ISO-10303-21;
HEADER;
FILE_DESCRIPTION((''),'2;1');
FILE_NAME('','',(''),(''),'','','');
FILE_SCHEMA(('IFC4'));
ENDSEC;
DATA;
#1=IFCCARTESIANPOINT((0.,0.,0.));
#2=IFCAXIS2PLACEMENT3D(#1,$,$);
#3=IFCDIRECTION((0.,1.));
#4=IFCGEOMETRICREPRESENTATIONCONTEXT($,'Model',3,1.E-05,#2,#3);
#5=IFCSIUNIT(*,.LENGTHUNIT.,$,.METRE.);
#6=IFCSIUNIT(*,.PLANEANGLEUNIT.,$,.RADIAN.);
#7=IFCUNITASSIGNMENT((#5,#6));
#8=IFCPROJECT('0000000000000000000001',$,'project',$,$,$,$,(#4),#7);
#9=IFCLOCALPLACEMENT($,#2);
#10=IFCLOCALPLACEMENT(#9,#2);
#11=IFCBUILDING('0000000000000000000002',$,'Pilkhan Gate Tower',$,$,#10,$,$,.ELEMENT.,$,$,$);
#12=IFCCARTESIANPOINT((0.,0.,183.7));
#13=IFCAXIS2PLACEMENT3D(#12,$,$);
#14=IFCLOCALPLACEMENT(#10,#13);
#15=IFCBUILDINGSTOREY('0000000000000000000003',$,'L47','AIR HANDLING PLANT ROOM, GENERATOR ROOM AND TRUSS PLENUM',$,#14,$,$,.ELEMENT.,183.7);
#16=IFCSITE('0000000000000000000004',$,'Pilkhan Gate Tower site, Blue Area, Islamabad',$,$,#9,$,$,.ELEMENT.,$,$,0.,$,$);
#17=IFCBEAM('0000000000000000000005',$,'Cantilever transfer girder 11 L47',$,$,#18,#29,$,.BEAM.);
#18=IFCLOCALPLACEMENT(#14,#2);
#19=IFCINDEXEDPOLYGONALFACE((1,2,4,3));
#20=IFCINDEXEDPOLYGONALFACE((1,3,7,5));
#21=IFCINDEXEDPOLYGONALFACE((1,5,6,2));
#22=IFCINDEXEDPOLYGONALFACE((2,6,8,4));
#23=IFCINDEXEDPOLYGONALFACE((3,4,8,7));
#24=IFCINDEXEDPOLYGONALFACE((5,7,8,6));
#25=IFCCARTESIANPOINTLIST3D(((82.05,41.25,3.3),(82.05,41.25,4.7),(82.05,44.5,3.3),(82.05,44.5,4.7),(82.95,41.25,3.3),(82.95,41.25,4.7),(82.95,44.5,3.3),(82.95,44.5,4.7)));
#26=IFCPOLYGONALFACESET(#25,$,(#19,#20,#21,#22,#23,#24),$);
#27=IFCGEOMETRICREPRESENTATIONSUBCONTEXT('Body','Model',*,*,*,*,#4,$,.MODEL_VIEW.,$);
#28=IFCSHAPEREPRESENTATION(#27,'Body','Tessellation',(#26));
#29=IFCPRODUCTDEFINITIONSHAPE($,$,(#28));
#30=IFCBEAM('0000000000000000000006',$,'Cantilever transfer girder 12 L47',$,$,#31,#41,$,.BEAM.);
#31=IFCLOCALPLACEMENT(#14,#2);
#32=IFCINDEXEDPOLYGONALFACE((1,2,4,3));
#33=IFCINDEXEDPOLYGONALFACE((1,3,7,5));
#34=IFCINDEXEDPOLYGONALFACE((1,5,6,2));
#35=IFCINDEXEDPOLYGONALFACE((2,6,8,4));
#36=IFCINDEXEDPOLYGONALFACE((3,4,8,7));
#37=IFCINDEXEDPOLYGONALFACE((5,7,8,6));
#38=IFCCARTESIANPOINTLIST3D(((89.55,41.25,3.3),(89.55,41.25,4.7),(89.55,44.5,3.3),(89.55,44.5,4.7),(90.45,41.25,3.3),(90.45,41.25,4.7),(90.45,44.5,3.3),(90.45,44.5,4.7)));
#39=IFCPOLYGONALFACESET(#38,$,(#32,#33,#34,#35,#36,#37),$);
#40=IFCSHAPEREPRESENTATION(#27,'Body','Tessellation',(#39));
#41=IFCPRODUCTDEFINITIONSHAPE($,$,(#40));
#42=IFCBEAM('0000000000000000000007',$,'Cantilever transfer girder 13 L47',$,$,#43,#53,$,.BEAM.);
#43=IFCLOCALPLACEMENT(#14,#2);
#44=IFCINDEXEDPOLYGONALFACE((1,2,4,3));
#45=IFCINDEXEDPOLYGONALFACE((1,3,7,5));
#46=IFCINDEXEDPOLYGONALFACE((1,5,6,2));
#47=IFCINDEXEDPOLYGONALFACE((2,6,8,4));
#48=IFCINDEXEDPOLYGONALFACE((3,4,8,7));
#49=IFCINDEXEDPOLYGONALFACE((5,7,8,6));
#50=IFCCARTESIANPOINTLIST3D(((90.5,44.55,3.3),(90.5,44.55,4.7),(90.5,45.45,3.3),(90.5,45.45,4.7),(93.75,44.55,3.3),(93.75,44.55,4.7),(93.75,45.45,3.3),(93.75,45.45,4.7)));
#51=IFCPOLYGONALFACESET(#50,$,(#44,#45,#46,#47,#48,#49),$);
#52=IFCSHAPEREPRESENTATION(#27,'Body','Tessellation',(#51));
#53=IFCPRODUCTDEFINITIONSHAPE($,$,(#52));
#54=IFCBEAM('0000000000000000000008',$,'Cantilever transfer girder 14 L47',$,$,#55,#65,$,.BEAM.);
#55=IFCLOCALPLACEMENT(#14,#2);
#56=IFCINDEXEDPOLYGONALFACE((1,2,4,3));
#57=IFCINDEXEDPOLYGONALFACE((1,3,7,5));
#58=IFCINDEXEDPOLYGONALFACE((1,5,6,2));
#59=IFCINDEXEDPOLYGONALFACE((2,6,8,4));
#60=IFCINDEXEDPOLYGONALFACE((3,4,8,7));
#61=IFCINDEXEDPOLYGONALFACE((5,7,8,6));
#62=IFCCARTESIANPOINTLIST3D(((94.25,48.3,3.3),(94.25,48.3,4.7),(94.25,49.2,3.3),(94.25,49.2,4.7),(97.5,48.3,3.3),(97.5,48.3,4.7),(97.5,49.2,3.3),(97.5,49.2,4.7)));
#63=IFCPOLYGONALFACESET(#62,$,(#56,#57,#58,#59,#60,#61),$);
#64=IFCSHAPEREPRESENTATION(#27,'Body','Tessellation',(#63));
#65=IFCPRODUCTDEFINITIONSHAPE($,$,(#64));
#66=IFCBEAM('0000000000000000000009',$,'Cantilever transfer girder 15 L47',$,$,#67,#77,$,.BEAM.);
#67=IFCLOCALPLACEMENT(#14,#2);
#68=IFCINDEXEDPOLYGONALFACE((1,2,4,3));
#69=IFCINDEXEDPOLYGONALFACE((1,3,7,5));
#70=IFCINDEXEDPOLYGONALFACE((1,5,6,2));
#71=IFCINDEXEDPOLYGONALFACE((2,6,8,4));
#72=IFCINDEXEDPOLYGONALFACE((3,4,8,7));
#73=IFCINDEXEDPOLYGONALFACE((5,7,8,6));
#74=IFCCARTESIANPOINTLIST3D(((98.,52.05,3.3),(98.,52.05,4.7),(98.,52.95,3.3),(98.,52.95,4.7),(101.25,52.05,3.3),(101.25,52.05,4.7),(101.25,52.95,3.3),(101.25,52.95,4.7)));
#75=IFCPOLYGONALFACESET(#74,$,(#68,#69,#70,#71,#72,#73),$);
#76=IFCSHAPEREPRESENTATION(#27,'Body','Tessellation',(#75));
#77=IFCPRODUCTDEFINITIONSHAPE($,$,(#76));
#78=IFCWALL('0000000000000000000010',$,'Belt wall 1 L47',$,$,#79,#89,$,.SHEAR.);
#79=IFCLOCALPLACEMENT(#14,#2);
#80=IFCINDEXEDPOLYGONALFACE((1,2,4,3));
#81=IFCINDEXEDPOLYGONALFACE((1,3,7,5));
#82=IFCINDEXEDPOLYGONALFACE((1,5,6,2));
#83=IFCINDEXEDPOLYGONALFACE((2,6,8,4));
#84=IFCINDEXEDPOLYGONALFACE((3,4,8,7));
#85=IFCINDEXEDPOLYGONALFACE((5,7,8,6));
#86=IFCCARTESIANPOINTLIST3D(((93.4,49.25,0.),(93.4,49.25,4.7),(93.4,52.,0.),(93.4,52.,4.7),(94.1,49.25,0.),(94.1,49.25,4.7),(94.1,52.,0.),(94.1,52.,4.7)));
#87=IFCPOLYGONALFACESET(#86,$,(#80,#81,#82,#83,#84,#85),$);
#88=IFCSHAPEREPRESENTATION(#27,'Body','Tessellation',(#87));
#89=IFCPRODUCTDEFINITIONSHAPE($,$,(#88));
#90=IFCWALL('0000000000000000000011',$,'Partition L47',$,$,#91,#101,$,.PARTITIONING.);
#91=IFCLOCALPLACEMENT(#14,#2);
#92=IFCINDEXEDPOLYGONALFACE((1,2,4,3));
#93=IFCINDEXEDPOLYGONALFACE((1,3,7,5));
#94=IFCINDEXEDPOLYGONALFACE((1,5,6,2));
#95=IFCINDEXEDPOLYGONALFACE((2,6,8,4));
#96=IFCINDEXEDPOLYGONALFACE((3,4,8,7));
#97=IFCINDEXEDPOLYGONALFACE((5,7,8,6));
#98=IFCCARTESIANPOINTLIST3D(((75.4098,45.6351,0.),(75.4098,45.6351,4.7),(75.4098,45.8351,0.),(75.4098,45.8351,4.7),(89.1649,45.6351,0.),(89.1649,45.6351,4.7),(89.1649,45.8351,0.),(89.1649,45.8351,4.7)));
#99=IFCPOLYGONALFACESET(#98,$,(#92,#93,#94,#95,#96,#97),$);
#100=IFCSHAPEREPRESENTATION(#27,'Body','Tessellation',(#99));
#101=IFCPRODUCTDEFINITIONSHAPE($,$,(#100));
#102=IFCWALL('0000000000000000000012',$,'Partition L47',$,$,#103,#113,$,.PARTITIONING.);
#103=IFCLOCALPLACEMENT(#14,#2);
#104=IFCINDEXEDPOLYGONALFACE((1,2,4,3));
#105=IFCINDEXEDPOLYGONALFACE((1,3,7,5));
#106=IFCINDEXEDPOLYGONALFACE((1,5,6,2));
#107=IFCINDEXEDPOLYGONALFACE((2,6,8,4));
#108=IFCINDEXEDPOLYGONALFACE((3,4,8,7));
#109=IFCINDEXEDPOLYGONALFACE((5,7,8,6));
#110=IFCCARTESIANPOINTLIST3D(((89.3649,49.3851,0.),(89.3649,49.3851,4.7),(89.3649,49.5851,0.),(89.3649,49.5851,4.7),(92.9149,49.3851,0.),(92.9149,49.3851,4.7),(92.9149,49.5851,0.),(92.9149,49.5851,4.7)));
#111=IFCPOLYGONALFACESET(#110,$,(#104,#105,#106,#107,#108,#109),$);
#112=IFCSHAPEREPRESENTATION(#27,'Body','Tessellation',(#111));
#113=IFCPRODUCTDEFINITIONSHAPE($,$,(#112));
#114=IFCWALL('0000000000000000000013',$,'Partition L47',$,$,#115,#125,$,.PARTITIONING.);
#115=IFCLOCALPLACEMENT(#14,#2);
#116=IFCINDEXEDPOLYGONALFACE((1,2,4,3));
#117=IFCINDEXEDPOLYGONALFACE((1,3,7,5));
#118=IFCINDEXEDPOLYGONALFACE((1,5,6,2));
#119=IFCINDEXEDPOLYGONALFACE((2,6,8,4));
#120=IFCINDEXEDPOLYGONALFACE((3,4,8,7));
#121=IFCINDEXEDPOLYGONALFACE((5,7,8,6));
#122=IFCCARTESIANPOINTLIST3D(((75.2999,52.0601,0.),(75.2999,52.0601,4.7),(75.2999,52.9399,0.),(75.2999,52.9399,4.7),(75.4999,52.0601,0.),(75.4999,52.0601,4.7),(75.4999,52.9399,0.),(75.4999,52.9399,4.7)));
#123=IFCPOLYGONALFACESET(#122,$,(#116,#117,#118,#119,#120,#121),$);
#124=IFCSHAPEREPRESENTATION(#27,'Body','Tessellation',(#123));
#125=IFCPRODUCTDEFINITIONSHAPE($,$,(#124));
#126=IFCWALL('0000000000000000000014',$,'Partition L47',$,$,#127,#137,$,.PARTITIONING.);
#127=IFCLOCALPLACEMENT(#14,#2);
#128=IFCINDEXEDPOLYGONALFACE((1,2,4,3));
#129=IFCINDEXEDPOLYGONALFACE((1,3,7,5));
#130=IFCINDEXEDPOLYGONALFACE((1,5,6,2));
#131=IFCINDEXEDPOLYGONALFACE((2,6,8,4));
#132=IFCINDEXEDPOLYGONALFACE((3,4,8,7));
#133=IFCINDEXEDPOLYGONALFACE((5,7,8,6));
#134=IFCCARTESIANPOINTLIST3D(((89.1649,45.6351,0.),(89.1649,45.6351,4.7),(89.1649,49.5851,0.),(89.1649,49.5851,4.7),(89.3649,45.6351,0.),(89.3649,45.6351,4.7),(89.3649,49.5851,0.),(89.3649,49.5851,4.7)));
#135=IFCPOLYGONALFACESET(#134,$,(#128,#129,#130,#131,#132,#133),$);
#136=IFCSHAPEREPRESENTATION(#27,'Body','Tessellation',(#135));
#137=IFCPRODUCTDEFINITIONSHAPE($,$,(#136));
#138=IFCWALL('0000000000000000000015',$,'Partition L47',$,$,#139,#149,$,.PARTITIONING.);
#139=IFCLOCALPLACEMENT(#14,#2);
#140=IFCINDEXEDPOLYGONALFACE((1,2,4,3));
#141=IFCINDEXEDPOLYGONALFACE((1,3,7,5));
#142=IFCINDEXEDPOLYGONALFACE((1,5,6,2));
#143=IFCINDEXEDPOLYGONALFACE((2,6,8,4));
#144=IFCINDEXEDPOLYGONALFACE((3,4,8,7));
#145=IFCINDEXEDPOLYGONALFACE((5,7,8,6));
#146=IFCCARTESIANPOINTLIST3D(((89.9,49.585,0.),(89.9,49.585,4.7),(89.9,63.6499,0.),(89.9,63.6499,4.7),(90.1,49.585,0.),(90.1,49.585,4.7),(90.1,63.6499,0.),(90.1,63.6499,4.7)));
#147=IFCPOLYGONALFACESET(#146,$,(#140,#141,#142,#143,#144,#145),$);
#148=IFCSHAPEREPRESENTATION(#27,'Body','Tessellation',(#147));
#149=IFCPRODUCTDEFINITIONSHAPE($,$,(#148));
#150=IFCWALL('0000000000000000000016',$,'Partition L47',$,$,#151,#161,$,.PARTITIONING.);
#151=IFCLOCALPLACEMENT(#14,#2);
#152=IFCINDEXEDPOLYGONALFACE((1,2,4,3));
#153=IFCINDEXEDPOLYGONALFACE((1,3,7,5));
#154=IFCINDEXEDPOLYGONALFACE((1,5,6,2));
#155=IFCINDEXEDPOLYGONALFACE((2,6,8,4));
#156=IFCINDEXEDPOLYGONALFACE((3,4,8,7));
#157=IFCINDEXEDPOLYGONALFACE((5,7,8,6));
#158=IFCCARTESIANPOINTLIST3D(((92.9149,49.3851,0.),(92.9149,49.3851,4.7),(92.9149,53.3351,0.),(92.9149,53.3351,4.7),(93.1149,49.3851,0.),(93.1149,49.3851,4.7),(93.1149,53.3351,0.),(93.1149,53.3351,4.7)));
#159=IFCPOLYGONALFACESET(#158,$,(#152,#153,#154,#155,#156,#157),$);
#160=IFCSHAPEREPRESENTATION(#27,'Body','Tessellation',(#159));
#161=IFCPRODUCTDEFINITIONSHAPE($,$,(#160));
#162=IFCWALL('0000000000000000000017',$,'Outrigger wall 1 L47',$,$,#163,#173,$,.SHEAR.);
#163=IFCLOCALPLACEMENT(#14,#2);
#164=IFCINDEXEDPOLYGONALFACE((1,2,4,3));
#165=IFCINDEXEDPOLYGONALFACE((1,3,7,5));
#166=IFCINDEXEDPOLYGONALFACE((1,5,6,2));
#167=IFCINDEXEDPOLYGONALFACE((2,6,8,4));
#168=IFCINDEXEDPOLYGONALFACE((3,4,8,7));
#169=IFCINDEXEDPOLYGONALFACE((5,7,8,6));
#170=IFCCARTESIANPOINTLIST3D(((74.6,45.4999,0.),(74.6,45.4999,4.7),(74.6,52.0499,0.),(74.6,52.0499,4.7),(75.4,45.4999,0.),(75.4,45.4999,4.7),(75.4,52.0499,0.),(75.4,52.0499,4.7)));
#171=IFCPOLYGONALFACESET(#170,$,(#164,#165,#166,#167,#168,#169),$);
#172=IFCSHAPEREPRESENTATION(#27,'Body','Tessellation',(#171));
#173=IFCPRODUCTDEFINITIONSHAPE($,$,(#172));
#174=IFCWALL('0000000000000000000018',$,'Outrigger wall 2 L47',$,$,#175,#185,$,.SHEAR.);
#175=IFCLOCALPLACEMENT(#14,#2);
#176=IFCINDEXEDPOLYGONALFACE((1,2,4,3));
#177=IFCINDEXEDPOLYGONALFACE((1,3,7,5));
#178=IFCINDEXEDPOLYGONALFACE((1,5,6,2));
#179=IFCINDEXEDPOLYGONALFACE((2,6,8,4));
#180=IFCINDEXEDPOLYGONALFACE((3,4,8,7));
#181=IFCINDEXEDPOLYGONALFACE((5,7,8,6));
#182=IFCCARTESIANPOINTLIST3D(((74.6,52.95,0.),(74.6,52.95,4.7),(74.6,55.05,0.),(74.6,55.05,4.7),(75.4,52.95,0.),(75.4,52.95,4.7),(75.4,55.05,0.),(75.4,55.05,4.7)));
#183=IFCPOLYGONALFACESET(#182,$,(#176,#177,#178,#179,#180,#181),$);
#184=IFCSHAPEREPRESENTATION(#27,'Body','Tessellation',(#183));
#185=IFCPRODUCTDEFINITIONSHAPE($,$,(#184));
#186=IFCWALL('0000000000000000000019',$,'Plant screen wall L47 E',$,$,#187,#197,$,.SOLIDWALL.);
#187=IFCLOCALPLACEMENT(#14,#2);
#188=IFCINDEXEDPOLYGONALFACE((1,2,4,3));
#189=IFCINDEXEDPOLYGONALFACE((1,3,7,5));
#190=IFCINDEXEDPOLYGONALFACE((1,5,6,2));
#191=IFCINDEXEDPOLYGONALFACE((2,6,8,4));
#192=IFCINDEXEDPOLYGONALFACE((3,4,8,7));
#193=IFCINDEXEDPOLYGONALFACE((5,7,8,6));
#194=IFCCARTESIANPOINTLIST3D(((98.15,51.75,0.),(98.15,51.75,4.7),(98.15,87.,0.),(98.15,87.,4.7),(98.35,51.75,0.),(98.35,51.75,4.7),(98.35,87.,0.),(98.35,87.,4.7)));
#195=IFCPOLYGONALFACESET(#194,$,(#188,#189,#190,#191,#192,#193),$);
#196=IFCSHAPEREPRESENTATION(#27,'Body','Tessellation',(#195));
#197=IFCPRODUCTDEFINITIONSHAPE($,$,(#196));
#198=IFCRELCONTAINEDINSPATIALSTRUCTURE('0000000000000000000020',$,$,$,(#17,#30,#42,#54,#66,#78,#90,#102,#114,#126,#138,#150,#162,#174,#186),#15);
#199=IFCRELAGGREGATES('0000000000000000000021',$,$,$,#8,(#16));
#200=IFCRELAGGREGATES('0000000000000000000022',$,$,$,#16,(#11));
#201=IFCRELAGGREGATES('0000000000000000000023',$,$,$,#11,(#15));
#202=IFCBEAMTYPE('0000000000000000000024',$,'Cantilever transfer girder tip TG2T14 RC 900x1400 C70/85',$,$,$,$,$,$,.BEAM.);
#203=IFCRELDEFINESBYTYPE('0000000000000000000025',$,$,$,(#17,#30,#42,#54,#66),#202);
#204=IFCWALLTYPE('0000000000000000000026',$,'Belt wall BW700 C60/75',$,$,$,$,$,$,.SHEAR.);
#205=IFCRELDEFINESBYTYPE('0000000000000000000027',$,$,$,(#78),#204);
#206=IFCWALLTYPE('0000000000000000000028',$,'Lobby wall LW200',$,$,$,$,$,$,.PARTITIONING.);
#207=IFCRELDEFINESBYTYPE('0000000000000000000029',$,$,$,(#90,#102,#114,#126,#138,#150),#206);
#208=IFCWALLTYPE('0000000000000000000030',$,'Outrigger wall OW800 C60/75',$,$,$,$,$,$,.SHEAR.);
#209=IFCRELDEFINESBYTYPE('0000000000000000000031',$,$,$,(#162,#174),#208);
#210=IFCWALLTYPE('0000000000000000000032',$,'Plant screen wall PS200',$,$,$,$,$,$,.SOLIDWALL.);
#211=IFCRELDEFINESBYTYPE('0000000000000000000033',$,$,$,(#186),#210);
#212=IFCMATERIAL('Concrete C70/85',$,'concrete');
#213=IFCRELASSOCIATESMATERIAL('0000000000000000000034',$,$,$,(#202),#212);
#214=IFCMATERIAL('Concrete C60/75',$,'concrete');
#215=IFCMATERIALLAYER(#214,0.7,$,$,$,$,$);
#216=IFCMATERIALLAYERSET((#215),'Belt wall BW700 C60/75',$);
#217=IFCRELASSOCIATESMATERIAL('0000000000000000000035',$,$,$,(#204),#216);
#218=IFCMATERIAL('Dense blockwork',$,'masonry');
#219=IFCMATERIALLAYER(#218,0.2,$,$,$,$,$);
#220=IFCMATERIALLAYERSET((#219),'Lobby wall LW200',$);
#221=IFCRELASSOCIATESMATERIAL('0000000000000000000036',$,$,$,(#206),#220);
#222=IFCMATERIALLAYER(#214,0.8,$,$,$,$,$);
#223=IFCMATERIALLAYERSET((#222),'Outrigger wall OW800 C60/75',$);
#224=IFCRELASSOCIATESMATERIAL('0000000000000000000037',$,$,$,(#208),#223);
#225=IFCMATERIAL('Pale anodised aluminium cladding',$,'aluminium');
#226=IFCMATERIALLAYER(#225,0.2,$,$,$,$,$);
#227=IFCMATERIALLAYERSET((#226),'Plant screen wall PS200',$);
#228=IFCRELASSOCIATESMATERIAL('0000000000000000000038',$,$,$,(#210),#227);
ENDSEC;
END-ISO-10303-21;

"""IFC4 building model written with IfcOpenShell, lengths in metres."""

from ifc_helpers import new_model, si_unit, direction, frame, frame_2d, origin, origin_2d, place, context, subcontext, project, spatial, rectangle, extrude, material, layer, layer_set, material_profile, profile_set, type_object, element, save


model = new_model("IFC4")

# Units and contexts
model_context = context("Model", 3, precision=1e-05, world=origin(), true_north=direction((0.0, 1.0)))
body_context = subcontext(model_context, "Body", "Model", "MODEL_VIEW")
ifc_project = project(units=[si_unit("LENGTHUNIT", "METRE"), si_unit("PLANEANGLEUNIT", "RADIAN")], contexts=[model_context])

# Site, building, storey
site_placement = place(None, origin())
site = spatial("IfcSite", under=ifc_project, at=site_placement, Name="Pilkhan Gate Tower site, Blue Area, Islamabad", CompositionType="ELEMENT", RefElevation=0.0)
building_placement = place(site_placement, origin())
building = spatial("IfcBuilding", under=site, at=building_placement, Name="Pilkhan Gate Tower", CompositionType="ELEMENT")
storey_placement = place(building_placement, frame((0.0, 0.0, 183.7)))
storey = spatial("IfcBuildingStorey", under=building, at=storey_placement, Name="L47", Description="AIR HANDLING PLANT ROOM, GENERATOR ROOM AND TRUSS PLENUM", CompositionType="ELEMENT", Elevation=183.7)

# Shared definitions
ifc_material_1 = material(Name="Concrete C60/75", Category="concrete")

# Beams
ifc_material_2 = material(Name="Concrete C70/85", Category="concrete")
ifc_material_profile_1 = material_profile(ifc_material_2, rectangle(XDim=0.8999, YDim=1.3999, at=origin_2d()), Name="RC 900x1400")
ifc_profile_set_1 = profile_set([ifc_material_profile_1], Name="Concrete C70/85")
beam_type_1 = type_object("IfcBeamType", Name="Cantilever transfer girder tip TG2T14 RC 900x1400 C70/85", PredefinedType="BEAM", material=ifc_profile_set_1)
for number, where, z_axis, x_axis, name in (
    (1, (82.5, 41.25, 4.0), (0.0, 1.0, 0.0), (-1.0, 0.0, 0.0), "Cantilever transfer girder 11 L47"),
    (2, (90.0, 41.25, 4.0), (0.0, 1.0, 0.0), (-1.0, 0.0, 0.0), "Cantilever transfer girder 12 L47"),
    (3, (93.75, 45.0, 4.0), (-1.0, 0.0, 0.0), (0.0, -1.0, 0.0), "Cantilever transfer girder 13 L47"),
    (4, (97.5, 48.75, 4.0), (-1.0, 0.0, 0.0), (0.0, -1.0, 0.0), "Cantilever transfer girder 14 L47"),
    (5, (101.25, 52.5, 4.0), (-1.0, 0.0, 0.0), (0.0, -1.0, 0.0), "Cantilever transfer girder 15 L47"),
):
    element("IfcBeam", number, at=place(storey_placement, frame(where, z_axis=z_axis, x_axis=x_axis)), inside=storey, type_object=beam_type_1, Name=name, PredefinedType="BEAM", context=body_context, shape_type="SweptSolid", body=[
        extrude(rectangle(XDim=0.8999, YDim=1.3999, at=origin_2d()), origin(), (0.0, 0.0, 1.0), 3.25),
    ])

# Walls
ifc_layer_1 = layer(ifc_material_1, 0.7)
ifc_layer_set_1 = layer_set([ifc_layer_1], Name="Belt wall BW700 C60/75")
wall_type_1 = type_object("IfcWallType", Name="Belt wall BW700 C60/75", PredefinedType="SHEAR", material=ifc_layer_set_1)
wall_1_placement = place(storey_placement, frame((93.75, 52.0, 0.0), z_axis=(0.0, 0.0, 1.0), x_axis=(0.0, -1.0, 0.0)))
element("IfcWall", 6, at=wall_1_placement, inside=storey, type_object=wall_type_1, Name="Belt wall 1 L47", PredefinedType="SHEAR", context=body_context, shape_type="SweptSolid", body=[
    extrude(rectangle(XDim=2.75, YDim=0.7, at=frame_2d((1.375, 0.0))), origin(), (0.0, 0.0, 1.0), 4.7),
])
ifc_material_3 = material(Name="Dense blockwork", Category="masonry")
ifc_layer_2 = layer(ifc_material_3, 0.2)
ifc_layer_set_2 = layer_set([ifc_layer_2], Name="Lobby wall LW200")
wall_type_2 = type_object("IfcWallType", Name="Lobby wall LW200", PredefinedType="PARTITIONING", material=ifc_layer_set_2)
wall_2_placement = place(storey_placement, frame((75.4099, 45.7351, 0.0), z_axis=(0.0, 0.0, 1.0), x_axis=(1.0, 0.0, 0.0)))
element("IfcWall", 7, at=wall_2_placement, inside=storey, type_object=wall_type_2, Name="Partition L47", PredefinedType="PARTITIONING", context=body_context, shape_type="SweptSolid", body=[
    extrude(rectangle(XDim=13.7551, YDim=0.2, at=frame_2d((6.8774, 0.0))), origin(), (0.0, 0.0, 1.0), 4.7),
])
wall_3_placement = place(storey_placement, frame((89.365, 49.4851, 0.0), z_axis=(0.0, 0.0, 1.0), x_axis=(1.0, 0.0, 0.0)))
element("IfcWall", 8, at=wall_3_placement, inside=storey, type_object=wall_type_2, Name="Partition L47", PredefinedType="PARTITIONING", context=body_context, shape_type="SweptSolid", body=[
    extrude(rectangle(XDim=3.55, YDim=0.2, at=frame_2d((1.7749, 0.0))), origin(), (0.0, 0.0, 1.0), 4.7),
])
wall_4_placement = place(storey_placement, frame((75.3999, 52.0601, 0.0), z_axis=(0.0, 0.0, 1.0), x_axis=(0.0, 1.0, 0.0)))
element("IfcWall", 9, at=wall_4_placement, inside=storey, type_object=wall_type_2, Name="Partition L47", PredefinedType="PARTITIONING", context=body_context, shape_type="SweptSolid", body=[
    extrude(rectangle(XDim=0.8799, YDim=0.2, at=frame_2d((0.4399, 0.0))), origin(), (0.0, 0.0, 1.0), 4.7),
])
wall_5_placement = place(storey_placement, frame((89.2649, 45.635, 0.0), z_axis=(0.0, 0.0, 1.0), x_axis=(0.0, 1.0, 0.0)))
element("IfcWall", 10, at=wall_5_placement, inside=storey, type_object=wall_type_2, Name="Partition L47", PredefinedType="PARTITIONING", context=body_context, shape_type="SweptSolid", body=[
    extrude(rectangle(XDim=3.95, YDim=0.2, at=frame_2d((1.9751, 0.0))), origin(), (0.0, 0.0, 1.0), 4.7),
])
wall_6_placement = place(storey_placement, frame((90.0, 49.585, 0.0), z_axis=(0.0, 0.0, 1.0), x_axis=(0.0, 1.0, 0.0)))
element("IfcWall", 11, at=wall_6_placement, inside=storey, type_object=wall_type_2, Name="Partition L47", PredefinedType="PARTITIONING", context=body_context, shape_type="SweptSolid", body=[
    extrude(rectangle(XDim=14.0649, YDim=0.2, at=frame_2d((7.0325, 0.0))), origin(), (0.0, 0.0, 1.0), 4.7),
])
wall_7_placement = place(storey_placement, frame((93.0149, 49.385, 0.0), z_axis=(0.0, 0.0, 1.0), x_axis=(0.0, 1.0, 0.0)))
element("IfcWall", 12, at=wall_7_placement, inside=storey, type_object=wall_type_2, Name="Partition L47", PredefinedType="PARTITIONING", context=body_context, shape_type="SweptSolid", body=[
    extrude(rectangle(XDim=3.95, YDim=0.2, at=frame_2d((1.9751, 0.0))), origin(), (0.0, 0.0, 1.0), 4.7),
])
ifc_layer_3 = layer(ifc_material_1, 0.8)
ifc_layer_set_3 = layer_set([ifc_layer_3], Name="Outrigger wall OW800 C60/75")
wall_type_3 = type_object("IfcWallType", Name="Outrigger wall OW800 C60/75", PredefinedType="SHEAR", material=ifc_layer_set_3)
wall_8_placement = place(storey_placement, frame((75.0, 45.5, 0.0), z_axis=(0.0, 0.0, 1.0), x_axis=(0.0, 1.0, 0.0)))
element("IfcWall", 13, at=wall_8_placement, inside=storey, type_object=wall_type_3, Name="Outrigger wall 1 L47", PredefinedType="SHEAR", context=body_context, shape_type="SweptSolid", body=[
    extrude(rectangle(XDim=6.55, YDim=0.8, at=frame_2d((3.2749, 0.0))), origin(), (0.0, 0.0, 1.0), 4.7),
])
wall_9_placement = place(storey_placement, frame((75.0, 52.95, 0.0), z_axis=(0.0, 0.0, 1.0), x_axis=(0.0, 1.0, 0.0)))
element("IfcWall", 14, at=wall_9_placement, inside=storey, type_object=wall_type_3, Name="Outrigger wall 2 L47", PredefinedType="SHEAR", context=body_context, shape_type="SweptSolid", body=[
    extrude(rectangle(XDim=2.1001, YDim=0.8, at=frame_2d((1.05, 0.0))), origin(), (0.0, 0.0, 1.0), 4.7),
])
ifc_material_4 = material(Name="Pale anodised aluminium cladding", Category="aluminium")
ifc_layer_4 = layer(ifc_material_4, 0.2)
ifc_layer_set_4 = layer_set([ifc_layer_4], Name="Plant screen wall PS200")
wall_type_4 = type_object("IfcWallType", Name="Plant screen wall PS200", PredefinedType="SOLIDWALL", material=ifc_layer_set_4)
wall_10_placement = place(storey_placement, frame((98.25, 51.75, 0.0), z_axis=(0.0, 0.0, 1.0), x_axis=(0.0, 1.0, 0.0)))
element("IfcWall", 15, at=wall_10_placement, inside=storey, type_object=wall_type_4, Name="Plant screen wall L47 E", PredefinedType="SOLIDWALL", context=body_context, shape_type="SweptSolid", body=[
    extrude(rectangle(XDim=35.25, YDim=0.2, at=frame_2d((17.625, 0.0))), origin(), (0.0, 0.0, 1.0), 4.7),
])

save(model, "model.ifc")
